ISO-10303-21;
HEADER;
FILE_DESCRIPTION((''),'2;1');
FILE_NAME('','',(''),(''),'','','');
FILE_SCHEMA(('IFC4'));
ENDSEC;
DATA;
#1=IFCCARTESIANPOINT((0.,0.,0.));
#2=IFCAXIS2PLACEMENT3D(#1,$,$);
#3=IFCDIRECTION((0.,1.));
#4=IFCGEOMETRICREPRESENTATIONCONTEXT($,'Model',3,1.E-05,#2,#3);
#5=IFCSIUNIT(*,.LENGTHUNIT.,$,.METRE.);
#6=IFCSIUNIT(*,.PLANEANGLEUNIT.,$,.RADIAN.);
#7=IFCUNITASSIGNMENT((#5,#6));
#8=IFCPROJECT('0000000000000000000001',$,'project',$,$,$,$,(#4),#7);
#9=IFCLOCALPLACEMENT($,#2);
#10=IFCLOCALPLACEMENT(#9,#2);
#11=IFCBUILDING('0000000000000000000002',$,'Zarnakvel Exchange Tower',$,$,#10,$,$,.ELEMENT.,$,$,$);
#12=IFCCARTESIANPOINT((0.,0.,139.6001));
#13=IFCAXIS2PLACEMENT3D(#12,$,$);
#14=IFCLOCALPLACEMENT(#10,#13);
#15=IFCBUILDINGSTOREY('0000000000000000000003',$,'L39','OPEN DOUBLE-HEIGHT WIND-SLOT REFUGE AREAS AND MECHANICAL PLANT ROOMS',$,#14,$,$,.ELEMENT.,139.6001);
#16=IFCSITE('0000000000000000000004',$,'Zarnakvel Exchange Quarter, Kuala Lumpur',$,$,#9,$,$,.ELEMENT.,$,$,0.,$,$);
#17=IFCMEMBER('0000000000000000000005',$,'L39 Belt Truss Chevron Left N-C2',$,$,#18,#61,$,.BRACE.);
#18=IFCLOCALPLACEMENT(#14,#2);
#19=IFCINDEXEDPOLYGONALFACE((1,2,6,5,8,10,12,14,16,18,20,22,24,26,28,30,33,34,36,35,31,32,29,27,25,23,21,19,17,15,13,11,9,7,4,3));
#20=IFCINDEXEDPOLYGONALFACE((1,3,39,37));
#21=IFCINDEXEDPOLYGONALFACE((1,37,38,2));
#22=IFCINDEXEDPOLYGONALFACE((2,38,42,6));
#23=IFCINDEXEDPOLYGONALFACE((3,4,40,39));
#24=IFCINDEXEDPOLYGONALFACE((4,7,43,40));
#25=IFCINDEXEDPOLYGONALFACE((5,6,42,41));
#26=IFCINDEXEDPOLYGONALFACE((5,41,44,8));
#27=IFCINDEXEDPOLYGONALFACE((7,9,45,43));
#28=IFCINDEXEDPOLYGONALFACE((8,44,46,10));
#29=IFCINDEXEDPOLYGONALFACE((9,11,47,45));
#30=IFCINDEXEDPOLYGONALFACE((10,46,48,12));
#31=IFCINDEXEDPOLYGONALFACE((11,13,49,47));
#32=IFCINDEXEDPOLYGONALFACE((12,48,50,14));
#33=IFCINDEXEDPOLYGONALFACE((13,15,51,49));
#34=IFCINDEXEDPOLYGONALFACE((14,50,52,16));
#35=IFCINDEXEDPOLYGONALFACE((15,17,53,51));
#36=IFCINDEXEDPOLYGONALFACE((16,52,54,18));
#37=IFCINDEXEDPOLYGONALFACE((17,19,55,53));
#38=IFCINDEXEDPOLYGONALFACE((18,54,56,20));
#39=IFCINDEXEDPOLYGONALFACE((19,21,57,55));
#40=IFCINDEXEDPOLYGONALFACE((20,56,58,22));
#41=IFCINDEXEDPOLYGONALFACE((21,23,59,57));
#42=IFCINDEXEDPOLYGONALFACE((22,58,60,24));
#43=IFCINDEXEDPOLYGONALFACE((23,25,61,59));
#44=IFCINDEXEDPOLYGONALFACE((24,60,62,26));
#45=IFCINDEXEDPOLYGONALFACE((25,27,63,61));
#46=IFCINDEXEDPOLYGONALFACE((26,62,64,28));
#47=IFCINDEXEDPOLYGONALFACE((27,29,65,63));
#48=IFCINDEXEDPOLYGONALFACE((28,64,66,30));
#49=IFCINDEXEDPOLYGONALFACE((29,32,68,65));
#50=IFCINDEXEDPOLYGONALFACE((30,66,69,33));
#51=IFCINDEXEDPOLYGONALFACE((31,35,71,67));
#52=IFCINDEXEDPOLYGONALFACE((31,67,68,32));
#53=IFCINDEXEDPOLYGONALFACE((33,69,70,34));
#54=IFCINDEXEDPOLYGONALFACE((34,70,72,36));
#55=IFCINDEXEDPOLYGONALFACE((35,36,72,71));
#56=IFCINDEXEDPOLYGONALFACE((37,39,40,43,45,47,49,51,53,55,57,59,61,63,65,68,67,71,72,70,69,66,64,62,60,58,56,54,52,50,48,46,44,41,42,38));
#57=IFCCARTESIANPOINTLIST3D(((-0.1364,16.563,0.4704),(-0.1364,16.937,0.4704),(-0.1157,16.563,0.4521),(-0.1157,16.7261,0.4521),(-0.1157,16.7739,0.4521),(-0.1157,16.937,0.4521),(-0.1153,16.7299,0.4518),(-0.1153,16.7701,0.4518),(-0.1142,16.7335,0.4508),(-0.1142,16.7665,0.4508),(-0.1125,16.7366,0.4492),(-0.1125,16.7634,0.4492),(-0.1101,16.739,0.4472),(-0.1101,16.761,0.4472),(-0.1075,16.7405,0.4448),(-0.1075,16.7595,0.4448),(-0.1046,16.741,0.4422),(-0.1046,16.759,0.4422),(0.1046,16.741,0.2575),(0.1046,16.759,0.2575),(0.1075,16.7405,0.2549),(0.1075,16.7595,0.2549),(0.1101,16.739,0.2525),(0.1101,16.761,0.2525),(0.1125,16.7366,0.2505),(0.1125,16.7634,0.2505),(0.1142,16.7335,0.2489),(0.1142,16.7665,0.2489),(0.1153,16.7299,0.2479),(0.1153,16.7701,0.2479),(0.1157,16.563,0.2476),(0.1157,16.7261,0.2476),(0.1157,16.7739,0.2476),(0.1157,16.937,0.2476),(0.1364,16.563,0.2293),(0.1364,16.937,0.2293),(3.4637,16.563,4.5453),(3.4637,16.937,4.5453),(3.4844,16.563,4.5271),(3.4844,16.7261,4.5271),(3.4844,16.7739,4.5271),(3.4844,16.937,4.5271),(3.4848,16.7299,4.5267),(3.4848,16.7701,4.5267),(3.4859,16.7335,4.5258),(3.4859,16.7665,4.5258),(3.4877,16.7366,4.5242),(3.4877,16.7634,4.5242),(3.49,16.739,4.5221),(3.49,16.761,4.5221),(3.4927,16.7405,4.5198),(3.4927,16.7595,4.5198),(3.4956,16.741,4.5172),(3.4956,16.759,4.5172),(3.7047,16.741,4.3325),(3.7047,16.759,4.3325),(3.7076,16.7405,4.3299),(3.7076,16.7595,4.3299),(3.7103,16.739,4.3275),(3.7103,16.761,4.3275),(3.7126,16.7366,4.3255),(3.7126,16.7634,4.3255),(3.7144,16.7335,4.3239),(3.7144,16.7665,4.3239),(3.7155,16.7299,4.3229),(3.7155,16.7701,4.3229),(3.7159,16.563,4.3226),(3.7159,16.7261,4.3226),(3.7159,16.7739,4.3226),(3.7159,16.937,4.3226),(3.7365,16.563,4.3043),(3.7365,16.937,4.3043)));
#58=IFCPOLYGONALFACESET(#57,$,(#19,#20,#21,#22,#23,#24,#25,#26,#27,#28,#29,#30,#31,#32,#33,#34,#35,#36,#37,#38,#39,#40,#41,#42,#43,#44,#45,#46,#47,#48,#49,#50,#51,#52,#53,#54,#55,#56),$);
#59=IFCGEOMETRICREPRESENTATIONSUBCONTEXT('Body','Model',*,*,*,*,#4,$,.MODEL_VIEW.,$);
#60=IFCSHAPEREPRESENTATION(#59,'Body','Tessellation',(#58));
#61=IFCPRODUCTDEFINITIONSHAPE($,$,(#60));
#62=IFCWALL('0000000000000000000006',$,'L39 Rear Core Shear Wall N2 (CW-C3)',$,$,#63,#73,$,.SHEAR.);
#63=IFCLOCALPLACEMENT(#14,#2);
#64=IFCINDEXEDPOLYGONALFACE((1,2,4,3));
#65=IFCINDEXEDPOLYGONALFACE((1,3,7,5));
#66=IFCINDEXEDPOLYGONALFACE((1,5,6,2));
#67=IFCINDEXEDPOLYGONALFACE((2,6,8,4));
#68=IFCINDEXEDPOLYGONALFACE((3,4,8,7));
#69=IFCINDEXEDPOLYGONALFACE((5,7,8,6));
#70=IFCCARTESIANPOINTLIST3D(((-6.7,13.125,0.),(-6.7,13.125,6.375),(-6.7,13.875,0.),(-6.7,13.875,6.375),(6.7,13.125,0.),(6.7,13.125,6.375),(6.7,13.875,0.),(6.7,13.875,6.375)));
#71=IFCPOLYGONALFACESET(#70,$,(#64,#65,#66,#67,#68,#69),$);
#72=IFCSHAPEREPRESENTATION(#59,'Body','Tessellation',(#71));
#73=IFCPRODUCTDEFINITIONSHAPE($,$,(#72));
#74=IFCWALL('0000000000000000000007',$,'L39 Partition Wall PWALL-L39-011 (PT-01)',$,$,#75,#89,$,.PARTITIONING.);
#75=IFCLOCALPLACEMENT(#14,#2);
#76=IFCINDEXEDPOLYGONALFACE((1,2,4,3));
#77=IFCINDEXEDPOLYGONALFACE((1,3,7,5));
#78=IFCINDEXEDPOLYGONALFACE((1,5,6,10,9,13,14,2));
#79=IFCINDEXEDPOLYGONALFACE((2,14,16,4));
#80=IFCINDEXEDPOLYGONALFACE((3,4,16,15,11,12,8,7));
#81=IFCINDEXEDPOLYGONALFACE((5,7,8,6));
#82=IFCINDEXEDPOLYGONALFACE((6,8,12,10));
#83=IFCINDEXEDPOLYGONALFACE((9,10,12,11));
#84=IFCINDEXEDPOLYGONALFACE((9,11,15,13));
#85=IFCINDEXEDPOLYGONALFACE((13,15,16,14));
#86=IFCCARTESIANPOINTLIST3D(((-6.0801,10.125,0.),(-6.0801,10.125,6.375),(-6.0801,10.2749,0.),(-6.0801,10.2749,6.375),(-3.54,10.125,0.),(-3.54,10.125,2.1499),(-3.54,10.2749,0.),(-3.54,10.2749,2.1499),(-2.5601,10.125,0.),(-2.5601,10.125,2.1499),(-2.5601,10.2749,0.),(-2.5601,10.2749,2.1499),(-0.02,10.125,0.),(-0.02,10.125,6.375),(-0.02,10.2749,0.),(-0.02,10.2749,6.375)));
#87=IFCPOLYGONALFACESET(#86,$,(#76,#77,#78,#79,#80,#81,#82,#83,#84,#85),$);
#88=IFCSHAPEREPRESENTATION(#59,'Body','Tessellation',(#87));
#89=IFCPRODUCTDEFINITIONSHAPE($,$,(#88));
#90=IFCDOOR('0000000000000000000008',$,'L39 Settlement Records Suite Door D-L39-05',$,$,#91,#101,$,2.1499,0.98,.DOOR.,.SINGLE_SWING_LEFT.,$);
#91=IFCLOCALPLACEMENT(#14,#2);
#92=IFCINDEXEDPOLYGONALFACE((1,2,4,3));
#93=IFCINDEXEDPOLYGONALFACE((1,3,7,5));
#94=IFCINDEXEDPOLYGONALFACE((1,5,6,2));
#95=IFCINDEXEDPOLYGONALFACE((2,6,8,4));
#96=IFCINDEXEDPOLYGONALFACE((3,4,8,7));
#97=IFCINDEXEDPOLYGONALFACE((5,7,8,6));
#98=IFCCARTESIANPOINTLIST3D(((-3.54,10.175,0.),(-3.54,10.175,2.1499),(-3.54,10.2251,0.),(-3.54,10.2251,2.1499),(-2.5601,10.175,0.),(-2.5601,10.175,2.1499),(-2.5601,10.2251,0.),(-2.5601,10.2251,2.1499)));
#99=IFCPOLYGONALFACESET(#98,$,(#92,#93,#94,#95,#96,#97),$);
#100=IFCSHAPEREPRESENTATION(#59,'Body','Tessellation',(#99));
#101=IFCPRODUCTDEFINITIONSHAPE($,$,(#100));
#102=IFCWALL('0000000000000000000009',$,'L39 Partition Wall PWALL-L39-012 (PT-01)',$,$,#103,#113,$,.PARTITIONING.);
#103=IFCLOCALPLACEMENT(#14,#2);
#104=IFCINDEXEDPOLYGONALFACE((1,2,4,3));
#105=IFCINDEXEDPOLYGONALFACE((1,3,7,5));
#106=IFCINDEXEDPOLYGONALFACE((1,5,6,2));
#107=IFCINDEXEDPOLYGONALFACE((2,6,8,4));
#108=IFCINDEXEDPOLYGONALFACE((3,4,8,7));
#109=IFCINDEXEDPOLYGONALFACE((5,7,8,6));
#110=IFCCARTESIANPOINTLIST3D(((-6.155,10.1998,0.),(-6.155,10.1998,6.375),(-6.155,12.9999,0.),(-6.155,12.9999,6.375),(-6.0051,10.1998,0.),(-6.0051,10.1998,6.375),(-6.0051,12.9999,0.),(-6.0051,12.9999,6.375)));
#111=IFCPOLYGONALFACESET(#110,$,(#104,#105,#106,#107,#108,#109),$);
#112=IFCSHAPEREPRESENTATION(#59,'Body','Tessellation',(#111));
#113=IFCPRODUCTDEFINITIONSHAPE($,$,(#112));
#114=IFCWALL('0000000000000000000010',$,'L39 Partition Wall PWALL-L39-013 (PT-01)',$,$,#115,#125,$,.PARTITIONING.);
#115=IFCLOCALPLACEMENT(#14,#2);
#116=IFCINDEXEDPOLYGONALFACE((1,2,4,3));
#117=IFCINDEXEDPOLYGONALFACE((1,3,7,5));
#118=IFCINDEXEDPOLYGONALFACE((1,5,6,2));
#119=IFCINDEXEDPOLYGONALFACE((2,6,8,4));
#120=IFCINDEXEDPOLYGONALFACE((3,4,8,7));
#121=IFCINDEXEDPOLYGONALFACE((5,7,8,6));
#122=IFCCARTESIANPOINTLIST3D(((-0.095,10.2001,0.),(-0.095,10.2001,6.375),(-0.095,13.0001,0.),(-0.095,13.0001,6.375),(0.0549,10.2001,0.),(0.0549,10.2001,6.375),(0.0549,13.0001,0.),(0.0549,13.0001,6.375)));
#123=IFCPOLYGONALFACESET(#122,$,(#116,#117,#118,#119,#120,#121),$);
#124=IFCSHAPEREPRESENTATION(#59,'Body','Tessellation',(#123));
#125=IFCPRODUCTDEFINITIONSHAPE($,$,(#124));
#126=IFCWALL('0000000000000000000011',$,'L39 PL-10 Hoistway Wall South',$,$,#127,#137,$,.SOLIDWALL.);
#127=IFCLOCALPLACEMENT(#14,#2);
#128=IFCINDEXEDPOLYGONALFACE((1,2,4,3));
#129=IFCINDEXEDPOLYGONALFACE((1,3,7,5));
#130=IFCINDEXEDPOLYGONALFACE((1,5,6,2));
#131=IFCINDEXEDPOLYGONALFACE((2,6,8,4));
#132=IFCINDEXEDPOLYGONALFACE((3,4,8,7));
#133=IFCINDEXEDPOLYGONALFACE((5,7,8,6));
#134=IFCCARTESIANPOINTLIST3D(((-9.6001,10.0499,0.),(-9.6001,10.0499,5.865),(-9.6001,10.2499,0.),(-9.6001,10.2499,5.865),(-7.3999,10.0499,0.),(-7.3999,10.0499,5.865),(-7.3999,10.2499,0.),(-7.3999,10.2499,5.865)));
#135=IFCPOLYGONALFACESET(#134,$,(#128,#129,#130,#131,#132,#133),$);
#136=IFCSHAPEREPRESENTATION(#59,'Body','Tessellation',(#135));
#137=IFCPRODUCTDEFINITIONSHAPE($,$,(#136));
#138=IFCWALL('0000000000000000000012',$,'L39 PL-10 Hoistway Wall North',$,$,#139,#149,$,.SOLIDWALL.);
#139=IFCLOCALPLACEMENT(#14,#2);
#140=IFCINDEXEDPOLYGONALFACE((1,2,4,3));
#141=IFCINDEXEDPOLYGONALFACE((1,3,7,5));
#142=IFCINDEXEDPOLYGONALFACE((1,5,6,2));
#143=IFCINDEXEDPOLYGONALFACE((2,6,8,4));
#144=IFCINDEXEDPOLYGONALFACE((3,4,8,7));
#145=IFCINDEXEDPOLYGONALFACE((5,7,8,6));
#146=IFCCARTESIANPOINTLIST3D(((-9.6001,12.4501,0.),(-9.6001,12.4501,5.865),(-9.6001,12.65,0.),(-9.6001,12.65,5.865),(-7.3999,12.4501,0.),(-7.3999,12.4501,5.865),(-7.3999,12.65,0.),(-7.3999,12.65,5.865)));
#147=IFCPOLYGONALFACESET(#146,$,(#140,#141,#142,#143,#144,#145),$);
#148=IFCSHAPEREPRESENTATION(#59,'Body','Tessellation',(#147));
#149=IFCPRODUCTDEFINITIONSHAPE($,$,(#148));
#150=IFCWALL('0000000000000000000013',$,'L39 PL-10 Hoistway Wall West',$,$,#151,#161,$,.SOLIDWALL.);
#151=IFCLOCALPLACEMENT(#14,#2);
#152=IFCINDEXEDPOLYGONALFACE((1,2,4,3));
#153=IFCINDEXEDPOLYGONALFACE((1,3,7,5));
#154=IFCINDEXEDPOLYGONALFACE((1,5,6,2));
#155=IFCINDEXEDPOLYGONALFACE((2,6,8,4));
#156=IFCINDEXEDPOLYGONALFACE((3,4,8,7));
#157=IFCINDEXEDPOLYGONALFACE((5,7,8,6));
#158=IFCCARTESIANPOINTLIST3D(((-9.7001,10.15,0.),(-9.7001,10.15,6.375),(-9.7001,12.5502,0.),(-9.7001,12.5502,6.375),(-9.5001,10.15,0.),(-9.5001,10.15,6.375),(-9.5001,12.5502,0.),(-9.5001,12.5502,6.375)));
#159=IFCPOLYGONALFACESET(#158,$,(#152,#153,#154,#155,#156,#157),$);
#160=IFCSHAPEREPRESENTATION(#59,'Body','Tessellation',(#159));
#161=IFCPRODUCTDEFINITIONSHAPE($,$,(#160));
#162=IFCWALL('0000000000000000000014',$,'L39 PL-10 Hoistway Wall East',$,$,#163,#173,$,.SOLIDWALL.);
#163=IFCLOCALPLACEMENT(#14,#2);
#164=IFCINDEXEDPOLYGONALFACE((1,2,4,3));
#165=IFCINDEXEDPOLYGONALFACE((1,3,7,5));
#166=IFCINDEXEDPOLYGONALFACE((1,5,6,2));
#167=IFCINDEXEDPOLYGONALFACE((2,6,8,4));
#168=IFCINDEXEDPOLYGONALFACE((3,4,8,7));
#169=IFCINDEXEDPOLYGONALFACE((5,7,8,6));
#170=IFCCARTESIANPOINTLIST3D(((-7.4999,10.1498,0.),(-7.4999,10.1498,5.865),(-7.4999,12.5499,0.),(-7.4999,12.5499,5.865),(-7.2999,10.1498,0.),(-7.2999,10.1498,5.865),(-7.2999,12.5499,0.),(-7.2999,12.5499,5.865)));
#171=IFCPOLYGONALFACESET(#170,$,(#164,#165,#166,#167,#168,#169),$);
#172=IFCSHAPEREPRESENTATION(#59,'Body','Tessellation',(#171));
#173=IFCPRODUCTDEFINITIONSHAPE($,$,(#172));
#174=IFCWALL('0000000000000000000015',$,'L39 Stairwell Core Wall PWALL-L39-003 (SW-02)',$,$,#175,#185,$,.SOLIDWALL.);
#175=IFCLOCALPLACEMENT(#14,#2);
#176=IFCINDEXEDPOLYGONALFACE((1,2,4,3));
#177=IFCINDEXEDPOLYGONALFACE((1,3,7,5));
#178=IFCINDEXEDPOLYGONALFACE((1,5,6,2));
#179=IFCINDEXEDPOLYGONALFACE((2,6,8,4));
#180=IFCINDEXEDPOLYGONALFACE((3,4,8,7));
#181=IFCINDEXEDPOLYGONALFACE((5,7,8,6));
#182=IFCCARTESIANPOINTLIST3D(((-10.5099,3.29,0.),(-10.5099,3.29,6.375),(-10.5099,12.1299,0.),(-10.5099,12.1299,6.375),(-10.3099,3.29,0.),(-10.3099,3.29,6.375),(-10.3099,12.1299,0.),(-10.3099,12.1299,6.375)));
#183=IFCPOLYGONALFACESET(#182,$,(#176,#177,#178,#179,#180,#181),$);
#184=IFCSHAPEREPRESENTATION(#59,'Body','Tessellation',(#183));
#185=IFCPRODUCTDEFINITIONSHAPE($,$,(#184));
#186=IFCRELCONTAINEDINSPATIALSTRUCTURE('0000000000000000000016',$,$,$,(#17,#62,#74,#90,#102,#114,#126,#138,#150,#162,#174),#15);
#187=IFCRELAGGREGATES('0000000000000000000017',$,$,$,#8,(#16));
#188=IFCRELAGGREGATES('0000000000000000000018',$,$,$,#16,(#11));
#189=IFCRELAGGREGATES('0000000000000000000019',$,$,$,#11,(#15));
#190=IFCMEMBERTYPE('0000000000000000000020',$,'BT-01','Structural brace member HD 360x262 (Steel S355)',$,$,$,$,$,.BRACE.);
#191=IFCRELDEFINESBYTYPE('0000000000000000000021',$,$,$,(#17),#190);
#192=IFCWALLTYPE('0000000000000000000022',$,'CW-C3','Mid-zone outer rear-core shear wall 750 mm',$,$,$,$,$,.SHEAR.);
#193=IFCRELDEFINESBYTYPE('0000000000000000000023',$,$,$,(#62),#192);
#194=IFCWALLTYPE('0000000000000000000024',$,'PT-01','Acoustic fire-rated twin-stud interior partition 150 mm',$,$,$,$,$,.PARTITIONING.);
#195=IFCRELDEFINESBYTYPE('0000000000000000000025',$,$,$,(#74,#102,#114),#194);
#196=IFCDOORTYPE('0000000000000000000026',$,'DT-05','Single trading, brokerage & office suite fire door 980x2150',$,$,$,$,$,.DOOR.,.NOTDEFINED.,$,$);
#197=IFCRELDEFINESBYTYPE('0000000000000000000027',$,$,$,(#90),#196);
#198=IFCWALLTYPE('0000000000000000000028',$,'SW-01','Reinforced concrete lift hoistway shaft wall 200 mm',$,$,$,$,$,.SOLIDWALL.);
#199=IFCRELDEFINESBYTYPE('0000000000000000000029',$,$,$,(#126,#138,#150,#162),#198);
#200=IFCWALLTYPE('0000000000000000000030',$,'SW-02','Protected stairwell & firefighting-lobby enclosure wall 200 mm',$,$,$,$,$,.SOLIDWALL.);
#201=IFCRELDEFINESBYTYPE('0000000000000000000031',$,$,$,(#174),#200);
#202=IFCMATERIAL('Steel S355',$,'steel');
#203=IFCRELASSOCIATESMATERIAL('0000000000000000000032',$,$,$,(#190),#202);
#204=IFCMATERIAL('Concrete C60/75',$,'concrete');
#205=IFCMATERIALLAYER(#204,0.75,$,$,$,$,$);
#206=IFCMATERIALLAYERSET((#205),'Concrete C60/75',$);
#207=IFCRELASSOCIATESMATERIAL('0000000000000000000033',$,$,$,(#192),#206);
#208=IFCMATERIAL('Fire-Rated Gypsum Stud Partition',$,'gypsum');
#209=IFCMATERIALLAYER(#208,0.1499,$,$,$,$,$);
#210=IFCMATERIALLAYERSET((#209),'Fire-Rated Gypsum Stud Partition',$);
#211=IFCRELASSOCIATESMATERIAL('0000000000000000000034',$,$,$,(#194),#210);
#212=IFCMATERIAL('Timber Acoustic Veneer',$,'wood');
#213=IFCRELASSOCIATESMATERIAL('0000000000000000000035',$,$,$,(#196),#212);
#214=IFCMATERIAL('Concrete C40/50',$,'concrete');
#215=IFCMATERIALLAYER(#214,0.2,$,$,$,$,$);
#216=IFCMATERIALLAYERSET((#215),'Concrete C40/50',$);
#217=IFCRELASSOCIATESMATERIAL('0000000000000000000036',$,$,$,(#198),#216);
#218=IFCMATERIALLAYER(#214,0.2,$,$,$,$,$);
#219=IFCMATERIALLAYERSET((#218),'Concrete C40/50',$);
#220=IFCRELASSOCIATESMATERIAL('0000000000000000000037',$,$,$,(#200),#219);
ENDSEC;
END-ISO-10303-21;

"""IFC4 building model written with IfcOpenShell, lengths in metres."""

from ifc_helpers import new_model, si_unit, direction, frame, frame_2d, origin, origin_2d, place, context, subcontext, project, spatial, rectangle, i_section, extrude, source, transform, mapped, material, layer, layer_set, material_profile, profile_set, type_object, element, fill, save


model = new_model("IFC4")

# Units and contexts
model_context = context("Model", 3, precision=1e-05, world=origin(), true_north=direction((0.0, 1.0)))
body_context = subcontext(model_context, "Body", "Model", "MODEL_VIEW")
ifc_project = project(units=[si_unit("LENGTHUNIT", "METRE"), si_unit("PLANEANGLEUNIT", "RADIAN")], contexts=[model_context])

# Site, building, storey
site_placement = place(None, origin())
site = spatial("IfcSite", under=ifc_project, at=site_placement, Name="Zarnakvel Exchange Quarter, Kuala Lumpur", CompositionType="ELEMENT", RefElevation=0.0)
building_placement = place(site_placement, origin())
building = spatial("IfcBuilding", under=site, at=building_placement, Name="Zarnakvel Exchange Tower", CompositionType="ELEMENT")
storey_placement = place(building_placement, frame((0.0, 0.0, 139.6001)))
storey = spatial("IfcBuildingStorey", under=building, at=storey_placement, Name="L39", Description="OPEN DOUBLE-HEIGHT WIND-SLOT REFUGE AREAS AND MECHANICAL PLANT ROOMS", CompositionType="ELEMENT", Elevation=139.6001)

# Shared definitions
ifc_material_1 = material(Name="Concrete C60/75", Category="concrete")

# Shared definitions
ifc_material_2 = material(Name="Steel S355", Category="steel")

# Member
ifc_material_profile_1 = material_profile(ifc_material_2, i_section(OverallWidth=0.374, OverallDepth=0.364, WebThickness=0.0181, FlangeThickness=0.0276, FilletRadius=0.0149, at=origin_2d()))
ifc_profile_set_1 = profile_set([ifc_material_profile_1], Name="Steel S355")
member_type_1 = type_object("IfcMemberType", Name="BT-01", Description="Structural brace member HD 360x262 (Steel S355)", PredefinedType="BRACE", material=ifc_profile_set_1)
shared_shape_1 = source(origin(), body_context, "Body", "SweptSolid", [
    extrude(i_section(OverallWidth=0.374, OverallDepth=0.364, WebThickness=0.0181, FlangeThickness=0.0276, FilletRadius=0.0149, at=origin_2d()), origin(), (0.0, 0.0, 1.0), 5.4375),
])
for number, where, z_axis, x_axis, name in (
    (1, (0.0, 16.75, 0.3499), (0.662092, 0.0, 0.749422), (0.0, 1.0, 0.0), "L39 Belt Truss Chevron Left N-C2"),
):
    element("IfcMember", number, at=place(storey_placement, frame(where, z_axis=z_axis, x_axis=x_axis)), inside=storey, type_object=member_type_1, Name=name, PredefinedType="BRACE", context=body_context, shape_type="MappedRepresentation", body=[
        mapped(shared_shape_1, transform((0.0, 0.0, 0.0), x_axis=(1.0, 0.0, 0.0), y_axis=(0.0, 1.0, 0.0), z_axis=(0.0, 0.0, 1.0), scale=1.0)),
    ])

# Wall
ifc_layer_1 = layer(ifc_material_1, 0.75)
ifc_layer_set_1 = layer_set([ifc_layer_1], Name="Concrete C60/75")
wall_type_1 = type_object("IfcWallType", Name="CW-C3", Description="Mid-zone outer rear-core shear wall 750 mm", PredefinedType="SHEAR", material=ifc_layer_set_1)
wall_1_placement = place(storey_placement, frame((-6.7, 13.5, 0.0), z_axis=(0.0, 0.0, 1.0), x_axis=(1.0, 0.0, 0.0)))
element("IfcWall", 2, at=wall_1_placement, inside=storey, type_object=wall_type_1, Name="L39 Rear Core Shear Wall N2 (CW-C3)", PredefinedType="SHEAR", context=body_context, shape_type="SweptSolid", body=[
    extrude(rectangle(XDim=13.3999, YDim=0.75, at=frame_2d((6.7, 0.0))), origin(), (0.0, 0.0, 1.0), 6.375),
])

# Wall, opening, door
ifc_material_3 = material(Name="Fire-Rated Gypsum Stud Partition", Category="gypsum")
ifc_layer_2 = layer(ifc_material_3, 0.1499)
ifc_layer_set_2 = layer_set([ifc_layer_2], Name="Fire-Rated Gypsum Stud Partition")
wall_type_2 = type_object("IfcWallType", Name="PT-01", Description="Acoustic fire-rated twin-stud interior partition 150 mm", PredefinedType="PARTITIONING", material=ifc_layer_set_2)
wall_2_placement = place(storey_placement, frame((-0.02, 10.2, 0.0), z_axis=(0.0, 0.0, 1.0), x_axis=(-1.0, 0.0, 0.0)))
wall_2 = element("IfcWall", 3, at=wall_2_placement, inside=storey, type_object=wall_type_2, Name="L39 Partition Wall PWALL-L39-011 (PT-01)", PredefinedType="PARTITIONING", context=body_context, shape_type="SweptSolid", body=[
    extrude(rectangle(XDim=6.0601, YDim=0.1499, at=frame_2d((3.03, 0.0))), origin(), (0.0, 0.0, 1.0), 6.375),
])
opening_placement = place(wall_2_placement, frame((2.54, 0.0, 0.0)))
opening = element("IfcOpeningElement", 4, at=opening_placement, cuts=wall_2, PredefinedType="OPENING", context=body_context, shape_type="SweptSolid", body=[
    extrude(rectangle(XDim=0.98, YDim=2.1499, at=frame_2d((0.49, 1.075))), frame((0.0, 0.085, 0.0), z_axis=(0.0, -1.0, 0.0), x_axis=(1.0, 0.0, 0.0)), (0.0, 0.0, 1.0), 0.1699),
])
ifc_material_4 = material(Name="Timber Acoustic Veneer", Category="wood")
door_type = type_object("IfcDoorType", Name="DT-05", Description="Single trading, brokerage & office suite fire door 980x2150", OperationType="NOTDEFINED", PredefinedType="DOOR", material=ifc_material_4)
shared_shape_2 = source(origin(), body_context, "Body", "SweptSolid", [
    extrude(rectangle(XDim=0.98, YDim=2.1499, at=frame_2d((0.49, 1.075))), frame((0.0, 0.0249, 0.0), z_axis=(0.0, -1.0, 0.0), x_axis=(1.0, 0.0, 0.0)), (0.0, 0.0, 1.0), 0.05),
])
door_placement = place(opening_placement, origin())
door = element("IfcDoor", 5, at=door_placement, inside=storey, type_object=door_type, Name="L39 Settlement Records Suite Door D-L39-05", OperationType="SINGLE_SWING_LEFT", OverallHeight=2.1499, OverallWidth=0.98, PredefinedType="DOOR", context=body_context, shape_type="MappedRepresentation", body=[
    mapped(shared_shape_2, transform((0.0, 0.0, 0.0), x_axis=(1.0, 0.0, 0.0), y_axis=(0.0, 1.0, 0.0), z_axis=(0.0, 0.0, 1.0), scale=1.0)),
])
fill(opening, door)

# Walls
for number, where, z_axis, x_axis, name in (
    (6, (-6.0801, 10.2, 0.0), (0.0, 0.0, 1.0), (0.0, 1.0, 0.0), "L39 Partition Wall PWALL-L39-012 (PT-01)"),
    (7, (-0.02, 13.0, 0.0), (0.0, 0.0, 1.0), (0.0, -1.0, 0.0), "L39 Partition Wall PWALL-L39-013 (PT-01)"),
):
    element("IfcWall", number, at=place(storey_placement, frame(where, z_axis=z_axis, x_axis=x_axis)), inside=storey, type_object=wall_type_2, Name=name, PredefinedType="PARTITIONING", context=body_context, shape_type="SweptSolid", body=[
        extrude(rectangle(XDim=2.8, YDim=0.1499, at=frame_2d((1.3999, 0.0))), origin(), (0.0, 0.0, 1.0), 6.375),
    ])
ifc_material_5 = material(Name="Concrete C40/50", Category="concrete")
ifc_layer_3 = layer(ifc_material_5, 0.2)
ifc_layer_set_3 = layer_set([ifc_layer_3], Name="Concrete C40/50")
wall_type_3 = type_object("IfcWallType", Name="SW-01", Description="Reinforced concrete lift hoistway shaft wall 200 mm", PredefinedType="SOLIDWALL", material=ifc_layer_set_3)
for number, where, z_axis, x_axis, name in (
    (8, (-7.3999, 10.1499, 0.0), (0.0, 0.0, 1.0), (-1.0, 0.0, 0.0), "L39 PL-10 Hoistway Wall South"),
    (9, (-9.6001, 12.55, 0.0), (0.0, 0.0, 1.0), (1.0, 0.0, 0.0), "L39 PL-10 Hoistway Wall North"),
):
    element("IfcWall", number, at=place(storey_placement, frame(where, z_axis=z_axis, x_axis=x_axis)), inside=storey, type_object=wall_type_3, Name=name, PredefinedType="SOLIDWALL", context=body_context, shape_type="SweptSolid", body=[
        extrude(rectangle(XDim=2.2002, YDim=0.2, at=frame_2d((1.1001, 0.0))), origin(), (0.0, 0.0, 1.0), 5.865),
    ])
wall_3_placement = place(storey_placement, frame((-9.6001, 10.1499, 0.0), z_axis=(0.0, 0.0, 1.0), x_axis=(0.0, 1.0, 0.0)))
element("IfcWall", 10, at=wall_3_placement, inside=storey, type_object=wall_type_3, Name="L39 PL-10 Hoistway Wall West", PredefinedType="SOLIDWALL", context=body_context, shape_type="SweptSolid", body=[
    extrude(rectangle(XDim=2.4001, YDim=0.2, at=frame_2d((1.2002, 0.0))), origin(), (0.0, 0.0, 1.0), 6.375),
])
wall_4_placement = place(storey_placement, frame((-7.3999, 12.55, 0.0), z_axis=(0.0, 0.0, 1.0), x_axis=(0.0, -1.0, 0.0)))
element("IfcWall", 11, at=wall_4_placement, inside=storey, type_object=wall_type_3, Name="L39 PL-10 Hoistway Wall East", PredefinedType="SOLIDWALL", context=body_context, shape_type="SweptSolid", body=[
    extrude(rectangle(XDim=2.4001, YDim=0.2, at=frame_2d((1.2002, 0.0))), origin(), (0.0, 0.0, 1.0), 5.865),
])
ifc_layer_4 = layer(ifc_material_5, 0.2)
ifc_layer_set_4 = layer_set([ifc_layer_4], Name="Concrete C40/50")
wall_type_4 = type_object("IfcWallType", Name="SW-02", Description="Protected stairwell & firefighting-lobby enclosure wall 200 mm", PredefinedType="SOLIDWALL", material=ifc_layer_set_4)
wall_5_placement = place(storey_placement, frame((-10.4099, 12.1299, 0.0), z_axis=(0.0, 0.0, 1.0), x_axis=(0.0, -1.0, 0.0)))
element("IfcWall", 12, at=wall_5_placement, inside=storey, type_object=wall_type_4, Name="L39 Stairwell Core Wall PWALL-L39-003 (SW-02)", PredefinedType="SOLIDWALL", context=body_context, shape_type="SweptSolid", body=[
    extrude(rectangle(XDim=8.8398, YDim=0.2, at=frame_2d((4.4199, 0.0))), origin(), (0.0, 0.0, 1.0), 6.375),
])

save(model, "model.ifc")
